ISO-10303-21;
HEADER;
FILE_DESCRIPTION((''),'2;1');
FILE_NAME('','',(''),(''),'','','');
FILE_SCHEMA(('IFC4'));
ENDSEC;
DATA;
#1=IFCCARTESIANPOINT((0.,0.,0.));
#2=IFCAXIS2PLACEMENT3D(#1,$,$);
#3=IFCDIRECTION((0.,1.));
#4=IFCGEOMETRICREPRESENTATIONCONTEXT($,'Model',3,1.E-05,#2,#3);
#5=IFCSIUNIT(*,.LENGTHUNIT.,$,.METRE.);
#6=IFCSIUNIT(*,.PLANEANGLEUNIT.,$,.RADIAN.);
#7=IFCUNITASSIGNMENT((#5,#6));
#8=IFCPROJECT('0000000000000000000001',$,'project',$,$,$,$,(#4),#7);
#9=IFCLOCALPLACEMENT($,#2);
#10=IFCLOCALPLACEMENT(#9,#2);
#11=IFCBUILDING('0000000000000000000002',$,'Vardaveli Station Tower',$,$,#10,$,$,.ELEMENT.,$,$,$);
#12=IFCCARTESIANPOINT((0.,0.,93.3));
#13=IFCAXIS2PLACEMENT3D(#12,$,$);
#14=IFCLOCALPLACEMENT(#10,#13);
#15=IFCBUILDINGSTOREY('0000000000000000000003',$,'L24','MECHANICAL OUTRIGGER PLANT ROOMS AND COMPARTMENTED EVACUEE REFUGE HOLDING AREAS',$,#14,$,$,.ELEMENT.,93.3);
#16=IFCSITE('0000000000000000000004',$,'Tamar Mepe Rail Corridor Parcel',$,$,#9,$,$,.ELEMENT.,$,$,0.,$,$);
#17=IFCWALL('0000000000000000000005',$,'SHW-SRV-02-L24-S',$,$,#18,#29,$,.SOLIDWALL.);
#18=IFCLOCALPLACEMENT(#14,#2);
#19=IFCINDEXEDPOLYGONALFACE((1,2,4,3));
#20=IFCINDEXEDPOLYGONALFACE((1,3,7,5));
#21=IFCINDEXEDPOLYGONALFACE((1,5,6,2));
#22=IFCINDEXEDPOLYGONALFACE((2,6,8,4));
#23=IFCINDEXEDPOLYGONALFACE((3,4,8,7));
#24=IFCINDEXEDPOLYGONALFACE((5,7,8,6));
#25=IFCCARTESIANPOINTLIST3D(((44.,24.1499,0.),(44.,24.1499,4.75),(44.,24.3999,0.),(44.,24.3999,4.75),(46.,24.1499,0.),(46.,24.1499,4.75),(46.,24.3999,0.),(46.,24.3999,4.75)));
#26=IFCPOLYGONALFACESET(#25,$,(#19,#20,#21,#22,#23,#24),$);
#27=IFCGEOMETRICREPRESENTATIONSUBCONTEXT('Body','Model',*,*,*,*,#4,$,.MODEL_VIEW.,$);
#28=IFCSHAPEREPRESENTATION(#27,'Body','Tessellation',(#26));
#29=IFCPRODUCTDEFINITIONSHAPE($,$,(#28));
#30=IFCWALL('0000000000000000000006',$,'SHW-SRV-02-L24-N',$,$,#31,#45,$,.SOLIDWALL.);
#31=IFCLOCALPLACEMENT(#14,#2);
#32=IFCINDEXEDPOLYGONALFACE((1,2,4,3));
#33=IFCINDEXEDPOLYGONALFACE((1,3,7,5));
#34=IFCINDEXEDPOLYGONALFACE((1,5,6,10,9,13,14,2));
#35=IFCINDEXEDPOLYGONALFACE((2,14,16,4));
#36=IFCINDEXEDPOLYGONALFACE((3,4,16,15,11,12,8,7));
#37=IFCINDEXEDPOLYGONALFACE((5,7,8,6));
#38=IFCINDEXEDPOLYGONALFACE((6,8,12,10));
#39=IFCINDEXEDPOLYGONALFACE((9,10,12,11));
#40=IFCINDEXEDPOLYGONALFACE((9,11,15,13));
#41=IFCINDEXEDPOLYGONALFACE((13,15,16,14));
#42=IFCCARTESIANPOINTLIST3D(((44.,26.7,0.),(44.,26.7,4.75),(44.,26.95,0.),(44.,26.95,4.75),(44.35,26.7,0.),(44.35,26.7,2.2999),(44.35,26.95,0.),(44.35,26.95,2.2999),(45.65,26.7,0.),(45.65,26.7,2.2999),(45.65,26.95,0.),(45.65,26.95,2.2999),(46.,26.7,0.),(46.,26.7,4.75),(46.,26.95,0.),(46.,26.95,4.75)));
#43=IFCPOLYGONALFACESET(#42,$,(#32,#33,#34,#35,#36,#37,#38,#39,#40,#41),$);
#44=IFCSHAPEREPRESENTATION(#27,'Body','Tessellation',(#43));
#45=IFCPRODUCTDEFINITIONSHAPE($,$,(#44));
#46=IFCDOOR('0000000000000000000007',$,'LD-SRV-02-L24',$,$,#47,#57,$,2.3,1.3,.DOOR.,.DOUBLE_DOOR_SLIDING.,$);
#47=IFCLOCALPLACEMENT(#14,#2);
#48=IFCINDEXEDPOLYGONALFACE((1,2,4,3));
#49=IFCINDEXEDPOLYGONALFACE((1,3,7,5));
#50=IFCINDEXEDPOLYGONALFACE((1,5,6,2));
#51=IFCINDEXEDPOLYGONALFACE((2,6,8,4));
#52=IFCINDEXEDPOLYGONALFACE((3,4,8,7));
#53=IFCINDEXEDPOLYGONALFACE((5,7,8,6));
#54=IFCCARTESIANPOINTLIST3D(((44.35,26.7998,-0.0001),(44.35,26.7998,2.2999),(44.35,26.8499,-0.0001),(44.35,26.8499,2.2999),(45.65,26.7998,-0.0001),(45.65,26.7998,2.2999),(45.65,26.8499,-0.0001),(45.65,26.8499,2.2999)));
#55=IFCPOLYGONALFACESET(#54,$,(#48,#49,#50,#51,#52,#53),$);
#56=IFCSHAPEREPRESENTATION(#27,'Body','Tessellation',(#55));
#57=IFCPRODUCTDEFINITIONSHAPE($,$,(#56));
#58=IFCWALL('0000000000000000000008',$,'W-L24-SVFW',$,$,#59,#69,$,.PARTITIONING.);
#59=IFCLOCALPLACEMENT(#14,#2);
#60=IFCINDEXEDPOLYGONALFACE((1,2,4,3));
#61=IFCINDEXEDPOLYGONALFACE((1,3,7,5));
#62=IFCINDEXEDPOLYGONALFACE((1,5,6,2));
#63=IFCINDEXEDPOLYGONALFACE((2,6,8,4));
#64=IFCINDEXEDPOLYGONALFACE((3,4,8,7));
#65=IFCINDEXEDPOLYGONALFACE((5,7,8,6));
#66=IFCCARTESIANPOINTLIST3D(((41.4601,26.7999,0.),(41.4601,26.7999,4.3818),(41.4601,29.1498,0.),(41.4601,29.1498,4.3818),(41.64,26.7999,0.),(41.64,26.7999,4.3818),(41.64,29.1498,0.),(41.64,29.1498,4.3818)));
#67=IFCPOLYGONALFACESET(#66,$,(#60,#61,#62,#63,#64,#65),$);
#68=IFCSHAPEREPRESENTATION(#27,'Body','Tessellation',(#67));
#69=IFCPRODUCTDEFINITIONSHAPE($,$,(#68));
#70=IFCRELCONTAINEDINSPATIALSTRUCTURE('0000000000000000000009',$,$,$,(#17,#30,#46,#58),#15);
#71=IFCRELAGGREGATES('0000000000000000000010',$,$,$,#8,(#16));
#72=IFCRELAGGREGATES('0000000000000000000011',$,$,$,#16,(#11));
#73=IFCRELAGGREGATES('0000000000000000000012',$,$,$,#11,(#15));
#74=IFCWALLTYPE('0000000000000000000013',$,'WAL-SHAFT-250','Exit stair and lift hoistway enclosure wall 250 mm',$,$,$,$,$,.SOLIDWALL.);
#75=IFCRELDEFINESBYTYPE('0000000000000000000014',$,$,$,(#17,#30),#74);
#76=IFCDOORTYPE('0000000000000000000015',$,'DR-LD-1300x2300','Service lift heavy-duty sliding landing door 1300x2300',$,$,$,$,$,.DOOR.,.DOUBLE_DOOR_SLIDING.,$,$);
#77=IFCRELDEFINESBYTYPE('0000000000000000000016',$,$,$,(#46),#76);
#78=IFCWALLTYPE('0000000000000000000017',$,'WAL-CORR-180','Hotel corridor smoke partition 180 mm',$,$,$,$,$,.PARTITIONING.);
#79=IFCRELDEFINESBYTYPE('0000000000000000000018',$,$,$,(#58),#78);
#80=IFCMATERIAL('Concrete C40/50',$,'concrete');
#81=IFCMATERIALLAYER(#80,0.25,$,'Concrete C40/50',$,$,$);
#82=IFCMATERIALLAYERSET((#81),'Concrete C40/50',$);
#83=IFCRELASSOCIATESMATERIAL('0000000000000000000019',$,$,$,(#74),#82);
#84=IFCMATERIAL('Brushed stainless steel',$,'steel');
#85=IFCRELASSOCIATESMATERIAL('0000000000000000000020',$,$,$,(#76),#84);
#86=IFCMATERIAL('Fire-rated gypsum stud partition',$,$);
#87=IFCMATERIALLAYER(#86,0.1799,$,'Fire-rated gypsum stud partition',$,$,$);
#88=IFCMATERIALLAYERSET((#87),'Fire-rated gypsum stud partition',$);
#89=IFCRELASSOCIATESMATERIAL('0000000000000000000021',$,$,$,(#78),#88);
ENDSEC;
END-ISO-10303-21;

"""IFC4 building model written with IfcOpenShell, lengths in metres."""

from ifc_helpers import new_model, si_unit, direction, frame, frame_2d, origin, place, context, subcontext, project, spatial, rectangle, extrude, source, transform, mapped, material, layer, layer_set, type_object, element, fill, save


model = new_model("IFC4")

# Units and contexts
model_context = context("Model", 3, precision=1e-05, world=origin(), true_north=direction((0.0, 1.0)))
body_context = subcontext(model_context, "Body", "Model", "MODEL_VIEW")
ifc_project = project(units=[si_unit("LENGTHUNIT", "METRE"), si_unit("PLANEANGLEUNIT", "RADIAN")], contexts=[model_context])

# Site, building, storey
site_placement = place(None, origin())
site = spatial("IfcSite", under=ifc_project, at=site_placement, Name="Tamar Mepe Rail Corridor Parcel", CompositionType="ELEMENT", RefElevation=0.0)
building_placement = place(site_placement, origin())
building = spatial("IfcBuilding", under=site, at=building_placement, Name="Vardaveli Station Tower", CompositionType="ELEMENT")
storey_placement = place(building_placement, frame((0.0, 0.0, 93.3)))
storey = spatial("IfcBuildingStorey", under=building, at=storey_placement, Name="L24", Description="MECHANICAL OUTRIGGER PLANT ROOMS AND COMPARTMENTED EVACUEE REFUGE HOLDING AREAS", CompositionType="ELEMENT", Elevation=93.3)

# Shared definitions
ifc_material_1 = material(Name="Concrete C40/50", Category="concrete")
ifc_layer_1 = layer(ifc_material_1, 0.25, Name="Concrete C40/50")
ifc_layer_set_1 = layer_set([ifc_layer_1], Name="Concrete C40/50")
wall_type_1 = type_object("IfcWallType", Name="WAL-SHAFT-250", Description="Exit stair and lift hoistway enclosure wall 250 mm", PredefinedType="SOLIDWALL", material=ifc_layer_set_1)

# Shared definitions
shared_shape_1 = source(origin(), body_context, "Body", "SweptSolid", [
    extrude(rectangle(XDim=1.3, YDim=2.3, at=frame_2d((0.6499, 1.1499))), frame((0.0, 0.135, 0.0), z_axis=(0.0, -1.0, 0.0), x_axis=(1.0, 0.0, 0.0)), (0.0, 0.0, 1.0), 0.27),
])
ifc_material_2 = material(Name="Brushed stainless steel", Category="steel")
door_type = type_object("IfcDoorType", Name="DR-LD-1300x2300", Description="Service lift heavy-duty sliding landing door 1300x2300", OperationType="DOUBLE_DOOR_SLIDING", PredefinedType="DOOR", material=ifc_material_2)
shared_shape_2 = source(origin(), body_context, "Body", "SweptSolid", [
    extrude(rectangle(XDim=1.3, YDim=2.3, at=frame_2d((0.6499, 1.1499))), frame((0.0, 0.0249, 0.0), z_axis=(0.0, -1.0, 0.0), x_axis=(1.0, 0.0, 0.0)), (0.0, 0.0, 1.0), 0.05),
])

# Wall
shared_shape_3 = source(origin(), body_context, "Body", "SweptSolid", [
    extrude(rectangle(XDim=2.0, YDim=0.25, at=frame_2d((1.0, 0.0))), origin(), (0.0, 0.0, 1.0), 4.75),
])
wall_1_placement = place(storey_placement, frame((44.0, 24.2749, 0.0), z_axis=(0.0, 0.0, 1.0), x_axis=(1.0, 0.0, 0.0)))
element("IfcWall", 1, at=wall_1_placement, inside=storey, type_object=wall_type_1, Name="SHW-SRV-02-L24-S", PredefinedType="SOLIDWALL", context=body_context, shape_type="MappedRepresentation", body=[
    mapped(shared_shape_3, transform((0.0, 0.0, 0.0), scale=1.0)),
])

# Wall, opening, door
wall_2_placement = place(storey_placement, frame((44.0, 26.825, 0.0), z_axis=(0.0, 0.0, 1.0), x_axis=(1.0, 0.0, 0.0)))
wall_2 = element("IfcWall", 2, at=wall_2_placement, inside=storey, type_object=wall_type_1, Name="SHW-SRV-02-L24-N", PredefinedType="SOLIDWALL", context=body_context, shape_type="MappedRepresentation", body=[
    mapped(shared_shape_3, transform((0.0, 0.0, 0.0), scale=1.0)),
])
opening_1_placement = place(wall_2_placement, frame((0.3501, 0.0, 0.0)))
opening_1 = element("IfcOpeningElement", 3, at=opening_1_placement, cuts=wall_2, PredefinedType="OPENING", context=body_context, shape_type="MappedRepresentation", body=[
    mapped(shared_shape_1, transform((0.0, 0.0, 0.0), scale=1.0)),
])
door_1_placement = place(opening_1_placement, origin())
door_1 = element("IfcDoor", 4, at=door_1_placement, inside=storey, type_object=door_type, Name="LD-SRV-02-L24", OperationType="DOUBLE_DOOR_SLIDING", OverallHeight=2.3, OverallWidth=1.3, PredefinedType="DOOR", context=body_context, shape_type="MappedRepresentation", body=[
    mapped(shared_shape_2, transform((0.0, 0.0, 0.0), scale=1.0)),
])
fill(opening_1, door_1)

# Wall
ifc_material_3 = material(Name="Fire-rated gypsum stud partition")
ifc_layer_2 = layer(ifc_material_3, 0.1799, Name="Fire-rated gypsum stud partition")
ifc_layer_set_2 = layer_set([ifc_layer_2], Name="Fire-rated gypsum stud partition")
wall_type_2 = type_object("IfcWallType", Name="WAL-CORR-180", Description="Hotel corridor smoke partition 180 mm", PredefinedType="PARTITIONING", material=ifc_layer_set_2)
shared_shape_4 = source(origin(), body_context, "Body", "SweptSolid", [
    extrude(rectangle(XDim=2.3499, YDim=0.1799, at=frame_2d((1.1748, 0.0))), origin(), (0.0, 0.0, 1.0), 4.3818),
])
wall_3_placement = place(storey_placement, frame((41.55, 26.8, 0.0), z_axis=(0.0, 0.0, 1.0), x_axis=(0.0, 1.0, 0.0)))
element("IfcWall", 5, at=wall_3_placement, inside=storey, type_object=wall_type_2, Name="W-L24-SVFW", PredefinedType="PARTITIONING", context=body_context, shape_type="MappedRepresentation", body=[
    mapped(shared_shape_4, transform((0.0, 0.0, 0.0), scale=1.0)),
])

save(model, "model.ifc")
